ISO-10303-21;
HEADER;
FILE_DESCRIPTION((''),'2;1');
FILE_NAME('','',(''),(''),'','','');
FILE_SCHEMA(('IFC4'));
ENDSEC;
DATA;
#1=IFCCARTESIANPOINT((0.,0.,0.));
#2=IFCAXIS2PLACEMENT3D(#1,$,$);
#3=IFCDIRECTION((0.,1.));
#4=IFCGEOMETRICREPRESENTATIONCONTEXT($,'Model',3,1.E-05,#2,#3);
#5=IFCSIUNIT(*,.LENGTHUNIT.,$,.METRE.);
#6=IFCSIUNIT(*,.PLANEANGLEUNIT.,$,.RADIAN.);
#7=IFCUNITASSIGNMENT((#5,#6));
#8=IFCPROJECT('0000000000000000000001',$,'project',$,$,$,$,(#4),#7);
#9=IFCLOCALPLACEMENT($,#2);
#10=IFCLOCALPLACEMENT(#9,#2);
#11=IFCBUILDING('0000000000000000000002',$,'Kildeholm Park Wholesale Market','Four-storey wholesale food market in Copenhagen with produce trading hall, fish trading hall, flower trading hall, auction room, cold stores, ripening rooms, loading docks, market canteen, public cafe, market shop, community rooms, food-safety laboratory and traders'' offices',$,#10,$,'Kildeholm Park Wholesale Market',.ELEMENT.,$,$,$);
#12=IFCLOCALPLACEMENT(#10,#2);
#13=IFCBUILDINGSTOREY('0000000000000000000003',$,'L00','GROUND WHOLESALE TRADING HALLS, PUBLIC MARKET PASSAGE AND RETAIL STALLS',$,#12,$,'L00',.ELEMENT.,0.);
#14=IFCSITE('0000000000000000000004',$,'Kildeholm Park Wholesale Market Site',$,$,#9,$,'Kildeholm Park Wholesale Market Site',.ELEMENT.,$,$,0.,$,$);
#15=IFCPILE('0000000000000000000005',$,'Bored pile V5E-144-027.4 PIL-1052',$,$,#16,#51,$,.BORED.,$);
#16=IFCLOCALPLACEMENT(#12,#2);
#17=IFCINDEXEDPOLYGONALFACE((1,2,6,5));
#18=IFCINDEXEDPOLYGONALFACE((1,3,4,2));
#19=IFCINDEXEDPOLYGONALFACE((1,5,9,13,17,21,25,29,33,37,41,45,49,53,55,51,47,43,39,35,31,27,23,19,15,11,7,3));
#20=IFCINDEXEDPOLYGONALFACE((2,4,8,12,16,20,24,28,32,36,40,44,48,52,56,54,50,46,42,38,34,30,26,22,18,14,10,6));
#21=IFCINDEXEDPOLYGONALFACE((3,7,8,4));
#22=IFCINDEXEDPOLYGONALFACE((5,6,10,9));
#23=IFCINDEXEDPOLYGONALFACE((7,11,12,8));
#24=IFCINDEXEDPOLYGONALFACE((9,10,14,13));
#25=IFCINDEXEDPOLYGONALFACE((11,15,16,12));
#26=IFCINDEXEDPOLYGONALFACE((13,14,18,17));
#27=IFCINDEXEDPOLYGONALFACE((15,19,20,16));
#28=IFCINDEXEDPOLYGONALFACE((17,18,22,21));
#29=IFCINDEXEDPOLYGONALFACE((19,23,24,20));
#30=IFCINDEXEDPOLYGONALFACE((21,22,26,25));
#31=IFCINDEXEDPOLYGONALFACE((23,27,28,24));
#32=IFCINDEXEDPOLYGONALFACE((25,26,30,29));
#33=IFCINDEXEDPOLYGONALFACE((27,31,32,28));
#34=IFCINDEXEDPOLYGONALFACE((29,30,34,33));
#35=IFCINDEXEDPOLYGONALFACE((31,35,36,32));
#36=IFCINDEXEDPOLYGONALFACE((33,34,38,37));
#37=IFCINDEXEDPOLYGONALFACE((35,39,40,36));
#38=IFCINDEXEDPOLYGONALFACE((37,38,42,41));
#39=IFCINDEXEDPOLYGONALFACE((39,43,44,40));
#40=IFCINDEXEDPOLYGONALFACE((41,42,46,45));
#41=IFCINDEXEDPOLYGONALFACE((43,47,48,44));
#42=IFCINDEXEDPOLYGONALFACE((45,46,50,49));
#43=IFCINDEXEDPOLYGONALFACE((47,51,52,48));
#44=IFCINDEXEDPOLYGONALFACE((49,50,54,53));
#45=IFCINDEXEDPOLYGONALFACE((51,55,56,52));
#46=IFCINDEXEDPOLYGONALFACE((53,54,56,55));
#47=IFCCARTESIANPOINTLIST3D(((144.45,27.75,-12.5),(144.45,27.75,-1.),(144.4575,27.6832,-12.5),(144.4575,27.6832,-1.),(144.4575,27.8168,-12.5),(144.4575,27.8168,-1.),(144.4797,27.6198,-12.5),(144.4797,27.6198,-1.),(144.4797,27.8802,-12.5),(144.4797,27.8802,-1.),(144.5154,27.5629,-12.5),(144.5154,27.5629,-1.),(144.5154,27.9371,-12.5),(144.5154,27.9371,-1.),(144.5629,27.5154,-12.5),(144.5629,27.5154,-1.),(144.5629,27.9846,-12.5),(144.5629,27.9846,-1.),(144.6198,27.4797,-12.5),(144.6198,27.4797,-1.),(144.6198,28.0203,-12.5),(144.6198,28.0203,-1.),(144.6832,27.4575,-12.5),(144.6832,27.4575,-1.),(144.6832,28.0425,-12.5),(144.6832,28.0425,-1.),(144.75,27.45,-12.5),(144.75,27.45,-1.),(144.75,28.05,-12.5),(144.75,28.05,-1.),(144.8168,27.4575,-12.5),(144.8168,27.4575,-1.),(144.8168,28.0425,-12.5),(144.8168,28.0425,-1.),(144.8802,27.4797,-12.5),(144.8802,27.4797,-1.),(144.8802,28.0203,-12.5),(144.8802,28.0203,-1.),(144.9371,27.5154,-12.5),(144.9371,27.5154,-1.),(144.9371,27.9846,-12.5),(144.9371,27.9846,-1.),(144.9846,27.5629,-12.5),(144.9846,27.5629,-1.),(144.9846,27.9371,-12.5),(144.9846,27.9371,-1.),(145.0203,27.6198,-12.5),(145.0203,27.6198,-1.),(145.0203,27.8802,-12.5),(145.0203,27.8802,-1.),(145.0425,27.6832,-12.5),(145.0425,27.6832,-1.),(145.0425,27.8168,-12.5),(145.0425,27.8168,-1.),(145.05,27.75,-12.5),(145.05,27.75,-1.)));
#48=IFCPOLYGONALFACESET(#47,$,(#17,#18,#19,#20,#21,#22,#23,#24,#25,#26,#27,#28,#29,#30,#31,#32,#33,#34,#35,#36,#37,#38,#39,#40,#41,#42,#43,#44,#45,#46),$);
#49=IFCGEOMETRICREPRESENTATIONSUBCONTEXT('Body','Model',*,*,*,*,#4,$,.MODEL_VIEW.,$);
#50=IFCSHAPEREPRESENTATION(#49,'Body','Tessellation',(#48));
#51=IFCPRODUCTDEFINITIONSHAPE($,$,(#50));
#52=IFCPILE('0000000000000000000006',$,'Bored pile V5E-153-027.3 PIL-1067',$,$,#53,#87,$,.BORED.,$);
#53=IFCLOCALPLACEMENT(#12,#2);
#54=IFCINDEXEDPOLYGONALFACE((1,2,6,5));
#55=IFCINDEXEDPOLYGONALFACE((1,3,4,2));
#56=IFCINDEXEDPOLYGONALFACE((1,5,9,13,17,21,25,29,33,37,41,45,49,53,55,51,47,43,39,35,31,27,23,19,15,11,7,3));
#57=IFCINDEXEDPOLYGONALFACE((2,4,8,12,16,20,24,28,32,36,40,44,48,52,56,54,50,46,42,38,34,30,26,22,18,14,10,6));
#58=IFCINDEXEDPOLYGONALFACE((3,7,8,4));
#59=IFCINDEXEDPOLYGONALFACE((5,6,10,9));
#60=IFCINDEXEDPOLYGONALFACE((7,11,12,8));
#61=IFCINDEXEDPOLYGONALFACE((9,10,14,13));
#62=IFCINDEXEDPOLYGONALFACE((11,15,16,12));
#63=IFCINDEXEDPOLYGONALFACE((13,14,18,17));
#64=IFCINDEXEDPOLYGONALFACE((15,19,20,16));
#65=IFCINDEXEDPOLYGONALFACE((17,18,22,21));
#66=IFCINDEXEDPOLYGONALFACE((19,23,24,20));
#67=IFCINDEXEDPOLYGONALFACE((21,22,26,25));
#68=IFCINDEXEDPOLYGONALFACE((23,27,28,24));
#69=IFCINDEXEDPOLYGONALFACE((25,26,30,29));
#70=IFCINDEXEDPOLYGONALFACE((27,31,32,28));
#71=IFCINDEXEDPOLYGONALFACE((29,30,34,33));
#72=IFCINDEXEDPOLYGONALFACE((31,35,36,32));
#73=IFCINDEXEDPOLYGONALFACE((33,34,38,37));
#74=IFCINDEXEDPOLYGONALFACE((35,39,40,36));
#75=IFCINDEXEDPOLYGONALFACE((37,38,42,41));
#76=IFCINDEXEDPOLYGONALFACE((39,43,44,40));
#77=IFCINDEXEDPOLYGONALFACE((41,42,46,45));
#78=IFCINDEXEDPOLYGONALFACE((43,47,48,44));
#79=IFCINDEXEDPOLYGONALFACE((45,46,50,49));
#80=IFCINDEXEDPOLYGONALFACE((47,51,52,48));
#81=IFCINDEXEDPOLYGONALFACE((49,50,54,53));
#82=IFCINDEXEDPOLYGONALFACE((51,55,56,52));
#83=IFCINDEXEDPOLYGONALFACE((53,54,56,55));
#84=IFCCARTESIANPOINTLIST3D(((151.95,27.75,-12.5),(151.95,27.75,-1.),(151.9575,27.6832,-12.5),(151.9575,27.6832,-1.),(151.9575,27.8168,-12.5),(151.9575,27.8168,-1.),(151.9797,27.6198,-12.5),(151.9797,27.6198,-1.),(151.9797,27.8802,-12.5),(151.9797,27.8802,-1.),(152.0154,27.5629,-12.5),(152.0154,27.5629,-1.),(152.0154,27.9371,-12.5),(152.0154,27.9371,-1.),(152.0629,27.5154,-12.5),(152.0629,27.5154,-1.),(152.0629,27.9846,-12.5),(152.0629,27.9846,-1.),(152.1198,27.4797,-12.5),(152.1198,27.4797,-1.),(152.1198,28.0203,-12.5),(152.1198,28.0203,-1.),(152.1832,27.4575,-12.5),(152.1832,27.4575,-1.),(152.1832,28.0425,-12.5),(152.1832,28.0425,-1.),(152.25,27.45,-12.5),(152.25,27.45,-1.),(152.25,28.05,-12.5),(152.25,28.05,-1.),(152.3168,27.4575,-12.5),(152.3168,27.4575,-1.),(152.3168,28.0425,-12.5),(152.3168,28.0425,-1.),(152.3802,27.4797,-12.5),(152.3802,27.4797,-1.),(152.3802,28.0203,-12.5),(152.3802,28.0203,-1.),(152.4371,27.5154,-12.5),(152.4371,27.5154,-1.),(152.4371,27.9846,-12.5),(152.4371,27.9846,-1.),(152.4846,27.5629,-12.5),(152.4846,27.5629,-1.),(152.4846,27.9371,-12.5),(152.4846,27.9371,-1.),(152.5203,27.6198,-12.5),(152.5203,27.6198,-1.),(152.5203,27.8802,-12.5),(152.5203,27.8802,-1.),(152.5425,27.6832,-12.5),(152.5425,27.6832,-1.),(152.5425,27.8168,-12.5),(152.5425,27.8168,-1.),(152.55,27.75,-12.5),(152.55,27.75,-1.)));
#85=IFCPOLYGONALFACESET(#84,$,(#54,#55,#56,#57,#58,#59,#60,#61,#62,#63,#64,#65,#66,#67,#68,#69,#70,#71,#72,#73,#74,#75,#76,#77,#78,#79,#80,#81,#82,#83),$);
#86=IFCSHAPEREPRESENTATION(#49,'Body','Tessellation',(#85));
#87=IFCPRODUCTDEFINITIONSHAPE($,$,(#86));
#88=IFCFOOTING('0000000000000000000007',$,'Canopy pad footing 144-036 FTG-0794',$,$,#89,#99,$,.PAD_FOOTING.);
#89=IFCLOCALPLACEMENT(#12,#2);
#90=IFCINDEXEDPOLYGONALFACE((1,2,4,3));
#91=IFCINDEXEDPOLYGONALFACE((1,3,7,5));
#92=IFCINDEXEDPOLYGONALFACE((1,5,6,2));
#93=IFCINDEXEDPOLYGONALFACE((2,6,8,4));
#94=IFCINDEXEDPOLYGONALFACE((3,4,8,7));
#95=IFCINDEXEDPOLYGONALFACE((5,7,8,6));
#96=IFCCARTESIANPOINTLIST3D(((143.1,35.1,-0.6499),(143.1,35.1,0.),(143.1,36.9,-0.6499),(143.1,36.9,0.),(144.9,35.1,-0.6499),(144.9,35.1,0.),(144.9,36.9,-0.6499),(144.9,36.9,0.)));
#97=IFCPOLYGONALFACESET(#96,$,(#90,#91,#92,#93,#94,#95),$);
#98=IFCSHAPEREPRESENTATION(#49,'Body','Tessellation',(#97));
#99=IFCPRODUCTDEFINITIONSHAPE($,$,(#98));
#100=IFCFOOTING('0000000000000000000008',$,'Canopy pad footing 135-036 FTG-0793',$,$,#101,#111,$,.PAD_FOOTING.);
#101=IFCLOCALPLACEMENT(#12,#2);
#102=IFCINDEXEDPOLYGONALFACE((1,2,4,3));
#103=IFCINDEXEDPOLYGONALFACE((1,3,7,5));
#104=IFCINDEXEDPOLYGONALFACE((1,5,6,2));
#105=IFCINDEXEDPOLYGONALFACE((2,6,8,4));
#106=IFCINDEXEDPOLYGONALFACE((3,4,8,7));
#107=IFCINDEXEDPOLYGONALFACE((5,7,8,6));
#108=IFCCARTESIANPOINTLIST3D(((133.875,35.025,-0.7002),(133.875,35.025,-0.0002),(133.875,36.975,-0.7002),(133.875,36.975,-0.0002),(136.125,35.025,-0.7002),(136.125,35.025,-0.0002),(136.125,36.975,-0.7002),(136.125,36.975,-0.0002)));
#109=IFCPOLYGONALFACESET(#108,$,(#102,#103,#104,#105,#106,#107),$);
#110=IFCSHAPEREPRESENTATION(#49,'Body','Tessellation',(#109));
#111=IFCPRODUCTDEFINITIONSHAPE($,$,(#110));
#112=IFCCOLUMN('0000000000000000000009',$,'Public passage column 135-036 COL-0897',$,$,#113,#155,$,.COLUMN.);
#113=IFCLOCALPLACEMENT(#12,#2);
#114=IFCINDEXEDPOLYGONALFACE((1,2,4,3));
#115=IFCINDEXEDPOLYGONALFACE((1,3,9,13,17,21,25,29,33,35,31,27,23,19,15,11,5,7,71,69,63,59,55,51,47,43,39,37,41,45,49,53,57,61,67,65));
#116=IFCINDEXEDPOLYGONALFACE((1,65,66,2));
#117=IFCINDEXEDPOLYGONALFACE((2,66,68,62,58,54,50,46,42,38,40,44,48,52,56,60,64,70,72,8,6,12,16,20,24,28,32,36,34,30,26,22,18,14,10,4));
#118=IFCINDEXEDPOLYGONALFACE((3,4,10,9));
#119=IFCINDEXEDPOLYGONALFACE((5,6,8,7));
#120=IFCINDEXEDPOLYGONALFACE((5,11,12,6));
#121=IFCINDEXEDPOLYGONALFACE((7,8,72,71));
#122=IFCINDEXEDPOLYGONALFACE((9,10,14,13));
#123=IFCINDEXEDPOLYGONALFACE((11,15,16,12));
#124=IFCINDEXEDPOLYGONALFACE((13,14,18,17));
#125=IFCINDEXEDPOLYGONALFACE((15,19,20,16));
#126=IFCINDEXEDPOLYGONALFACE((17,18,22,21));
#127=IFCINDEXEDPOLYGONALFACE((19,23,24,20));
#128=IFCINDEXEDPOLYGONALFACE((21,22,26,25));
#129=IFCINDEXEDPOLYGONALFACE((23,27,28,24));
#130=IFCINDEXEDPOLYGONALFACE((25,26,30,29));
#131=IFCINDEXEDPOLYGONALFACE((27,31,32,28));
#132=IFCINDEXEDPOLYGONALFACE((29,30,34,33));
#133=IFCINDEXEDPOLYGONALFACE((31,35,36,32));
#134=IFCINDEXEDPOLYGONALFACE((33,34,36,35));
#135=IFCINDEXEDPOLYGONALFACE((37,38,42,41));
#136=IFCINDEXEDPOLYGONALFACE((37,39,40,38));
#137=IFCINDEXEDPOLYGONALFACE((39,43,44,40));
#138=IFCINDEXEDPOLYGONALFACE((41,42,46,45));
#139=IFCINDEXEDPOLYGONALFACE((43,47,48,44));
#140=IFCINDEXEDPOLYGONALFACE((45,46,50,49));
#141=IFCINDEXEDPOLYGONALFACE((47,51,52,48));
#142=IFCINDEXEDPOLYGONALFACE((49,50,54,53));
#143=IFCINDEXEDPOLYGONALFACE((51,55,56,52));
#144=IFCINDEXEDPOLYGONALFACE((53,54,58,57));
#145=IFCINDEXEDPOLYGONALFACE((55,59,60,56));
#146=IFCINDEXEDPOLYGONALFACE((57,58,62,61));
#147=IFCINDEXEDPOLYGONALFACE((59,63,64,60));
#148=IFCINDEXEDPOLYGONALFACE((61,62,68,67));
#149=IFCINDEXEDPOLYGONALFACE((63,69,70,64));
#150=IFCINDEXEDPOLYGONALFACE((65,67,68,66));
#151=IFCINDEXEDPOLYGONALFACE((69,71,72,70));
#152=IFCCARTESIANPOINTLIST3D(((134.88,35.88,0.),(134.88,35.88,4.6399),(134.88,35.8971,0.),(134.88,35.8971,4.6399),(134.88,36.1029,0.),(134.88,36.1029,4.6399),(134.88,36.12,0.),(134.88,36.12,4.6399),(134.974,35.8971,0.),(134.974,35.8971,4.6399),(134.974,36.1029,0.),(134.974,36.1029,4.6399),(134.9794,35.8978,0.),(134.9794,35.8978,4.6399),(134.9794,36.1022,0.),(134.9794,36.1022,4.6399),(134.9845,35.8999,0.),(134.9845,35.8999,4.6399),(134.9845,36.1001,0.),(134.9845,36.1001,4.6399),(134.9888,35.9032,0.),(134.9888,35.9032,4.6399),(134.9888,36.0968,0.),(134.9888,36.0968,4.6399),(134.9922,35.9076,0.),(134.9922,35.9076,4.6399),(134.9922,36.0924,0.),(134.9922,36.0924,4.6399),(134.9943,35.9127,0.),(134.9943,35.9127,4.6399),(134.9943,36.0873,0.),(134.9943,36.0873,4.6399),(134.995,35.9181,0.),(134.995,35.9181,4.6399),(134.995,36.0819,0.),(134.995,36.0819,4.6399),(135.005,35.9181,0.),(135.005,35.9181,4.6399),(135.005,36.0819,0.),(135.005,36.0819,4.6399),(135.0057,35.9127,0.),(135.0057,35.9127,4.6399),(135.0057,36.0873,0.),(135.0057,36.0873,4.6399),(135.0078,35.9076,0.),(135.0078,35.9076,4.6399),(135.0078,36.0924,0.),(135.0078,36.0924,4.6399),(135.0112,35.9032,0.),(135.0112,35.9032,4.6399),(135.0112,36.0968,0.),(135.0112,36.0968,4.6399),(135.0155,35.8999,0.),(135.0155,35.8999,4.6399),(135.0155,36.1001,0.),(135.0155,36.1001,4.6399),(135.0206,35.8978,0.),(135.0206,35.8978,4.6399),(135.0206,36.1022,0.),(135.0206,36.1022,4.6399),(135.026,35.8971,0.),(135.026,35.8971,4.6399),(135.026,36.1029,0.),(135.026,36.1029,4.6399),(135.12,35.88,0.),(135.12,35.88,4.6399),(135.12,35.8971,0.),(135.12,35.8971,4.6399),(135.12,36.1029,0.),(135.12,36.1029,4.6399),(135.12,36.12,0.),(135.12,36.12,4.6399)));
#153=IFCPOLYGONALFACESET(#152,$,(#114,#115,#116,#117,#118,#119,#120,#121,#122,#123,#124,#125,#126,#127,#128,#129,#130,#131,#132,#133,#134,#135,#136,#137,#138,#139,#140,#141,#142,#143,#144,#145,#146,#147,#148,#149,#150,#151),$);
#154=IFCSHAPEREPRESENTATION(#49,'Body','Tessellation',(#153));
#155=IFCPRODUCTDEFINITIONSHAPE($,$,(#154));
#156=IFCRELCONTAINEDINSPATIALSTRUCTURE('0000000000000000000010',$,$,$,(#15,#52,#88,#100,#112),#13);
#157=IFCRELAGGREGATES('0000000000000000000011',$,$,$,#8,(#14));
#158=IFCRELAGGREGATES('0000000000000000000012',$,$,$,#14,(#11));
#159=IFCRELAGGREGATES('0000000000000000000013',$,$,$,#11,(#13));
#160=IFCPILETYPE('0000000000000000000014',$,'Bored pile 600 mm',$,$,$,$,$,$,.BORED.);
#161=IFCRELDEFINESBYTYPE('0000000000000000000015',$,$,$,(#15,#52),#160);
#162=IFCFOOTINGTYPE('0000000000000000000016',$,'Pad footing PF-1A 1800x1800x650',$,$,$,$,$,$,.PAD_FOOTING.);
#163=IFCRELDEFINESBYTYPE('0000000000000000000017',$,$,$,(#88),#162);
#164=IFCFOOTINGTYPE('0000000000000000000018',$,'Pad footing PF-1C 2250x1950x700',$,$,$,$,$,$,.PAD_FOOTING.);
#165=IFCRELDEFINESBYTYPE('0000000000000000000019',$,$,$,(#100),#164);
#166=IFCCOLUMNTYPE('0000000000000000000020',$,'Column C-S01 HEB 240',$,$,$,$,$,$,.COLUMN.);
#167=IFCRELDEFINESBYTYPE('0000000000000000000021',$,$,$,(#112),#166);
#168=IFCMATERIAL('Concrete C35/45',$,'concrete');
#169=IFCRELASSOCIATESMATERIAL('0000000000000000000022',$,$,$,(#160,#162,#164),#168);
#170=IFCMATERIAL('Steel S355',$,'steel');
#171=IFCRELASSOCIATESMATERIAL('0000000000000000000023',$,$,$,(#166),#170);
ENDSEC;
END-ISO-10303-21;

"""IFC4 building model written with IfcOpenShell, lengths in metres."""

from ifc_helpers import new_model, si_unit, direction, frame, origin, origin_2d, place, context, subcontext, project, spatial, rectangle, circle, i_section, extrude, material, material_profile, profile_set, type_object, element, save


model = new_model("IFC4")

# Units and contexts
model_context = context("Model", 3, precision=1e-05, world=origin(), true_north=direction((0.0, 1.0)))
body_context = subcontext(model_context, "Body", "Model", "MODEL_VIEW")
ifc_project = project(units=[si_unit("LENGTHUNIT", "METRE"), si_unit("PLANEANGLEUNIT", "RADIAN")], contexts=[model_context])

# Site, building, storey
site_placement = place(None, origin())
site = spatial("IfcSite", under=ifc_project, at=site_placement, Name="Kildeholm Park Wholesale Market Site", LongName="Kildeholm Park Wholesale Market Site", CompositionType="ELEMENT", RefElevation=0.0)
building_placement = place(site_placement, origin())
building = spatial("IfcBuilding", under=site, at=building_placement, Name="Kildeholm Park Wholesale Market", Description="Four-storey wholesale food market in Copenhagen with produce trading hall, fish trading hall, flower trading hall, auction room, cold stores, ripening rooms, loading docks, market canteen, public cafe, market shop, community rooms, food-safety laboratory and traders' offices", LongName="Kildeholm Park Wholesale Market", CompositionType="ELEMENT")
storey_placement = place(building_placement, origin())
storey = spatial("IfcBuildingStorey", under=building, at=storey_placement, Name="L00", Description="GROUND WHOLESALE TRADING HALLS, PUBLIC MARKET PASSAGE AND RETAIL STALLS", LongName="L00", CompositionType="ELEMENT", Elevation=0.0)

# Piles
ifc_material_1 = material(Name="Concrete C35/45", Category="concrete")
ifc_material_profile_1 = material_profile(ifc_material_1, circle(Radius=0.3, at=origin_2d()), Name="PILE D600")
ifc_profile_set_1 = profile_set([ifc_material_profile_1], Name="Concrete C35/45")
pile_type = type_object("IfcPileType", Name="Bored pile 600 mm", PredefinedType="BORED", material=ifc_profile_set_1)
for number, where, z_axis, x_axis, name in (
    (1, (144.75, 27.75, -1.0), (0.0, 0.0, -1.0), (1.0, 0.0, 0.0), "Bored pile V5E-144-027.4 PIL-1052"),
    (2, (152.25, 27.75, -1.0), (0.0, 0.0, -1.0), (1.0, 0.0, 0.0), "Bored pile V5E-153-027.3 PIL-1067"),
):
    element("IfcPile", number, at=place(storey_placement, frame(where, z_axis=z_axis, x_axis=x_axis)), inside=storey, type_object=pile_type, Name=name, PredefinedType="BORED", context=body_context, shape_type="SweptSolid", body=[
        extrude(circle(Radius=0.3, at=origin_2d()), origin(), (0.0, 0.0, 1.0), 11.5),
    ])

# Footings
footing_type_1 = type_object("IfcFootingType", Name="Pad footing PF-1A 1800x1800x650", PredefinedType="PAD_FOOTING", material=ifc_material_1)
footing_1_placement = place(storey_placement, frame((144.0, 36.0, -0.6499), z_axis=(0.0, 0.0, 1.0), x_axis=(1.0, 0.0, 0.0)))
element("IfcFooting", 3, at=footing_1_placement, inside=storey, type_object=footing_type_1, Name="Canopy pad footing 144-036 FTG-0794", PredefinedType="PAD_FOOTING", context=body_context, shape_type="SweptSolid", body=[
    extrude(rectangle(XDim=1.8, YDim=1.8, at=origin_2d()), origin(), (0.0, 0.0, 1.0), 0.6499),
])
footing_type_2 = type_object("IfcFootingType", Name="Pad footing PF-1C 2250x1950x700", PredefinedType="PAD_FOOTING", material=ifc_material_1)
footing_2_placement = place(storey_placement, frame((135.0, 36.0, -0.7002), z_axis=(0.0, 0.0, 1.0), x_axis=(1.0, 0.0, 0.0)))
element("IfcFooting", 4, at=footing_2_placement, inside=storey, type_object=footing_type_2, Name="Canopy pad footing 135-036 FTG-0793", PredefinedType="PAD_FOOTING", context=body_context, shape_type="SweptSolid", body=[
    extrude(rectangle(XDim=2.25, YDim=1.95, at=origin_2d()), origin(), (0.0, 0.0, 1.0), 0.7),
])

# Column
ifc_material_2 = material(Name="Steel S355", Category="steel")
ifc_material_profile_2 = material_profile(ifc_material_2, i_section(OverallWidth=0.24, OverallDepth=0.24, WebThickness=0.01, FlangeThickness=0.0171, FilletRadius=0.021, at=origin_2d()), Name="HEB 240")
ifc_profile_set_2 = profile_set([ifc_material_profile_2], Name="Steel S355")
column_type_1 = type_object("IfcColumnType", Name="Column C-S01 HEB 240", PredefinedType="COLUMN", material=ifc_profile_set_2)
column_1_placement = place(storey_placement, frame((135.0, 36.0, 0.0), z_axis=(0.0, 0.0, 1.0), x_axis=(1.0, 0.0, 0.0)))
element("IfcColumn", 5, at=column_1_placement, inside=storey, type_object=column_type_1, Name="Public passage column 135-036 COL-0897", PredefinedType="COLUMN", context=body_context, shape_type="SweptSolid", body=[
    extrude(i_section(OverallWidth=0.24, OverallDepth=0.24, WebThickness=0.01, FlangeThickness=0.0171, FilletRadius=0.021, at=origin_2d()), origin(), (0.0, 0.0, 1.0), 4.6399),
])

save(model, "model.ifc")
